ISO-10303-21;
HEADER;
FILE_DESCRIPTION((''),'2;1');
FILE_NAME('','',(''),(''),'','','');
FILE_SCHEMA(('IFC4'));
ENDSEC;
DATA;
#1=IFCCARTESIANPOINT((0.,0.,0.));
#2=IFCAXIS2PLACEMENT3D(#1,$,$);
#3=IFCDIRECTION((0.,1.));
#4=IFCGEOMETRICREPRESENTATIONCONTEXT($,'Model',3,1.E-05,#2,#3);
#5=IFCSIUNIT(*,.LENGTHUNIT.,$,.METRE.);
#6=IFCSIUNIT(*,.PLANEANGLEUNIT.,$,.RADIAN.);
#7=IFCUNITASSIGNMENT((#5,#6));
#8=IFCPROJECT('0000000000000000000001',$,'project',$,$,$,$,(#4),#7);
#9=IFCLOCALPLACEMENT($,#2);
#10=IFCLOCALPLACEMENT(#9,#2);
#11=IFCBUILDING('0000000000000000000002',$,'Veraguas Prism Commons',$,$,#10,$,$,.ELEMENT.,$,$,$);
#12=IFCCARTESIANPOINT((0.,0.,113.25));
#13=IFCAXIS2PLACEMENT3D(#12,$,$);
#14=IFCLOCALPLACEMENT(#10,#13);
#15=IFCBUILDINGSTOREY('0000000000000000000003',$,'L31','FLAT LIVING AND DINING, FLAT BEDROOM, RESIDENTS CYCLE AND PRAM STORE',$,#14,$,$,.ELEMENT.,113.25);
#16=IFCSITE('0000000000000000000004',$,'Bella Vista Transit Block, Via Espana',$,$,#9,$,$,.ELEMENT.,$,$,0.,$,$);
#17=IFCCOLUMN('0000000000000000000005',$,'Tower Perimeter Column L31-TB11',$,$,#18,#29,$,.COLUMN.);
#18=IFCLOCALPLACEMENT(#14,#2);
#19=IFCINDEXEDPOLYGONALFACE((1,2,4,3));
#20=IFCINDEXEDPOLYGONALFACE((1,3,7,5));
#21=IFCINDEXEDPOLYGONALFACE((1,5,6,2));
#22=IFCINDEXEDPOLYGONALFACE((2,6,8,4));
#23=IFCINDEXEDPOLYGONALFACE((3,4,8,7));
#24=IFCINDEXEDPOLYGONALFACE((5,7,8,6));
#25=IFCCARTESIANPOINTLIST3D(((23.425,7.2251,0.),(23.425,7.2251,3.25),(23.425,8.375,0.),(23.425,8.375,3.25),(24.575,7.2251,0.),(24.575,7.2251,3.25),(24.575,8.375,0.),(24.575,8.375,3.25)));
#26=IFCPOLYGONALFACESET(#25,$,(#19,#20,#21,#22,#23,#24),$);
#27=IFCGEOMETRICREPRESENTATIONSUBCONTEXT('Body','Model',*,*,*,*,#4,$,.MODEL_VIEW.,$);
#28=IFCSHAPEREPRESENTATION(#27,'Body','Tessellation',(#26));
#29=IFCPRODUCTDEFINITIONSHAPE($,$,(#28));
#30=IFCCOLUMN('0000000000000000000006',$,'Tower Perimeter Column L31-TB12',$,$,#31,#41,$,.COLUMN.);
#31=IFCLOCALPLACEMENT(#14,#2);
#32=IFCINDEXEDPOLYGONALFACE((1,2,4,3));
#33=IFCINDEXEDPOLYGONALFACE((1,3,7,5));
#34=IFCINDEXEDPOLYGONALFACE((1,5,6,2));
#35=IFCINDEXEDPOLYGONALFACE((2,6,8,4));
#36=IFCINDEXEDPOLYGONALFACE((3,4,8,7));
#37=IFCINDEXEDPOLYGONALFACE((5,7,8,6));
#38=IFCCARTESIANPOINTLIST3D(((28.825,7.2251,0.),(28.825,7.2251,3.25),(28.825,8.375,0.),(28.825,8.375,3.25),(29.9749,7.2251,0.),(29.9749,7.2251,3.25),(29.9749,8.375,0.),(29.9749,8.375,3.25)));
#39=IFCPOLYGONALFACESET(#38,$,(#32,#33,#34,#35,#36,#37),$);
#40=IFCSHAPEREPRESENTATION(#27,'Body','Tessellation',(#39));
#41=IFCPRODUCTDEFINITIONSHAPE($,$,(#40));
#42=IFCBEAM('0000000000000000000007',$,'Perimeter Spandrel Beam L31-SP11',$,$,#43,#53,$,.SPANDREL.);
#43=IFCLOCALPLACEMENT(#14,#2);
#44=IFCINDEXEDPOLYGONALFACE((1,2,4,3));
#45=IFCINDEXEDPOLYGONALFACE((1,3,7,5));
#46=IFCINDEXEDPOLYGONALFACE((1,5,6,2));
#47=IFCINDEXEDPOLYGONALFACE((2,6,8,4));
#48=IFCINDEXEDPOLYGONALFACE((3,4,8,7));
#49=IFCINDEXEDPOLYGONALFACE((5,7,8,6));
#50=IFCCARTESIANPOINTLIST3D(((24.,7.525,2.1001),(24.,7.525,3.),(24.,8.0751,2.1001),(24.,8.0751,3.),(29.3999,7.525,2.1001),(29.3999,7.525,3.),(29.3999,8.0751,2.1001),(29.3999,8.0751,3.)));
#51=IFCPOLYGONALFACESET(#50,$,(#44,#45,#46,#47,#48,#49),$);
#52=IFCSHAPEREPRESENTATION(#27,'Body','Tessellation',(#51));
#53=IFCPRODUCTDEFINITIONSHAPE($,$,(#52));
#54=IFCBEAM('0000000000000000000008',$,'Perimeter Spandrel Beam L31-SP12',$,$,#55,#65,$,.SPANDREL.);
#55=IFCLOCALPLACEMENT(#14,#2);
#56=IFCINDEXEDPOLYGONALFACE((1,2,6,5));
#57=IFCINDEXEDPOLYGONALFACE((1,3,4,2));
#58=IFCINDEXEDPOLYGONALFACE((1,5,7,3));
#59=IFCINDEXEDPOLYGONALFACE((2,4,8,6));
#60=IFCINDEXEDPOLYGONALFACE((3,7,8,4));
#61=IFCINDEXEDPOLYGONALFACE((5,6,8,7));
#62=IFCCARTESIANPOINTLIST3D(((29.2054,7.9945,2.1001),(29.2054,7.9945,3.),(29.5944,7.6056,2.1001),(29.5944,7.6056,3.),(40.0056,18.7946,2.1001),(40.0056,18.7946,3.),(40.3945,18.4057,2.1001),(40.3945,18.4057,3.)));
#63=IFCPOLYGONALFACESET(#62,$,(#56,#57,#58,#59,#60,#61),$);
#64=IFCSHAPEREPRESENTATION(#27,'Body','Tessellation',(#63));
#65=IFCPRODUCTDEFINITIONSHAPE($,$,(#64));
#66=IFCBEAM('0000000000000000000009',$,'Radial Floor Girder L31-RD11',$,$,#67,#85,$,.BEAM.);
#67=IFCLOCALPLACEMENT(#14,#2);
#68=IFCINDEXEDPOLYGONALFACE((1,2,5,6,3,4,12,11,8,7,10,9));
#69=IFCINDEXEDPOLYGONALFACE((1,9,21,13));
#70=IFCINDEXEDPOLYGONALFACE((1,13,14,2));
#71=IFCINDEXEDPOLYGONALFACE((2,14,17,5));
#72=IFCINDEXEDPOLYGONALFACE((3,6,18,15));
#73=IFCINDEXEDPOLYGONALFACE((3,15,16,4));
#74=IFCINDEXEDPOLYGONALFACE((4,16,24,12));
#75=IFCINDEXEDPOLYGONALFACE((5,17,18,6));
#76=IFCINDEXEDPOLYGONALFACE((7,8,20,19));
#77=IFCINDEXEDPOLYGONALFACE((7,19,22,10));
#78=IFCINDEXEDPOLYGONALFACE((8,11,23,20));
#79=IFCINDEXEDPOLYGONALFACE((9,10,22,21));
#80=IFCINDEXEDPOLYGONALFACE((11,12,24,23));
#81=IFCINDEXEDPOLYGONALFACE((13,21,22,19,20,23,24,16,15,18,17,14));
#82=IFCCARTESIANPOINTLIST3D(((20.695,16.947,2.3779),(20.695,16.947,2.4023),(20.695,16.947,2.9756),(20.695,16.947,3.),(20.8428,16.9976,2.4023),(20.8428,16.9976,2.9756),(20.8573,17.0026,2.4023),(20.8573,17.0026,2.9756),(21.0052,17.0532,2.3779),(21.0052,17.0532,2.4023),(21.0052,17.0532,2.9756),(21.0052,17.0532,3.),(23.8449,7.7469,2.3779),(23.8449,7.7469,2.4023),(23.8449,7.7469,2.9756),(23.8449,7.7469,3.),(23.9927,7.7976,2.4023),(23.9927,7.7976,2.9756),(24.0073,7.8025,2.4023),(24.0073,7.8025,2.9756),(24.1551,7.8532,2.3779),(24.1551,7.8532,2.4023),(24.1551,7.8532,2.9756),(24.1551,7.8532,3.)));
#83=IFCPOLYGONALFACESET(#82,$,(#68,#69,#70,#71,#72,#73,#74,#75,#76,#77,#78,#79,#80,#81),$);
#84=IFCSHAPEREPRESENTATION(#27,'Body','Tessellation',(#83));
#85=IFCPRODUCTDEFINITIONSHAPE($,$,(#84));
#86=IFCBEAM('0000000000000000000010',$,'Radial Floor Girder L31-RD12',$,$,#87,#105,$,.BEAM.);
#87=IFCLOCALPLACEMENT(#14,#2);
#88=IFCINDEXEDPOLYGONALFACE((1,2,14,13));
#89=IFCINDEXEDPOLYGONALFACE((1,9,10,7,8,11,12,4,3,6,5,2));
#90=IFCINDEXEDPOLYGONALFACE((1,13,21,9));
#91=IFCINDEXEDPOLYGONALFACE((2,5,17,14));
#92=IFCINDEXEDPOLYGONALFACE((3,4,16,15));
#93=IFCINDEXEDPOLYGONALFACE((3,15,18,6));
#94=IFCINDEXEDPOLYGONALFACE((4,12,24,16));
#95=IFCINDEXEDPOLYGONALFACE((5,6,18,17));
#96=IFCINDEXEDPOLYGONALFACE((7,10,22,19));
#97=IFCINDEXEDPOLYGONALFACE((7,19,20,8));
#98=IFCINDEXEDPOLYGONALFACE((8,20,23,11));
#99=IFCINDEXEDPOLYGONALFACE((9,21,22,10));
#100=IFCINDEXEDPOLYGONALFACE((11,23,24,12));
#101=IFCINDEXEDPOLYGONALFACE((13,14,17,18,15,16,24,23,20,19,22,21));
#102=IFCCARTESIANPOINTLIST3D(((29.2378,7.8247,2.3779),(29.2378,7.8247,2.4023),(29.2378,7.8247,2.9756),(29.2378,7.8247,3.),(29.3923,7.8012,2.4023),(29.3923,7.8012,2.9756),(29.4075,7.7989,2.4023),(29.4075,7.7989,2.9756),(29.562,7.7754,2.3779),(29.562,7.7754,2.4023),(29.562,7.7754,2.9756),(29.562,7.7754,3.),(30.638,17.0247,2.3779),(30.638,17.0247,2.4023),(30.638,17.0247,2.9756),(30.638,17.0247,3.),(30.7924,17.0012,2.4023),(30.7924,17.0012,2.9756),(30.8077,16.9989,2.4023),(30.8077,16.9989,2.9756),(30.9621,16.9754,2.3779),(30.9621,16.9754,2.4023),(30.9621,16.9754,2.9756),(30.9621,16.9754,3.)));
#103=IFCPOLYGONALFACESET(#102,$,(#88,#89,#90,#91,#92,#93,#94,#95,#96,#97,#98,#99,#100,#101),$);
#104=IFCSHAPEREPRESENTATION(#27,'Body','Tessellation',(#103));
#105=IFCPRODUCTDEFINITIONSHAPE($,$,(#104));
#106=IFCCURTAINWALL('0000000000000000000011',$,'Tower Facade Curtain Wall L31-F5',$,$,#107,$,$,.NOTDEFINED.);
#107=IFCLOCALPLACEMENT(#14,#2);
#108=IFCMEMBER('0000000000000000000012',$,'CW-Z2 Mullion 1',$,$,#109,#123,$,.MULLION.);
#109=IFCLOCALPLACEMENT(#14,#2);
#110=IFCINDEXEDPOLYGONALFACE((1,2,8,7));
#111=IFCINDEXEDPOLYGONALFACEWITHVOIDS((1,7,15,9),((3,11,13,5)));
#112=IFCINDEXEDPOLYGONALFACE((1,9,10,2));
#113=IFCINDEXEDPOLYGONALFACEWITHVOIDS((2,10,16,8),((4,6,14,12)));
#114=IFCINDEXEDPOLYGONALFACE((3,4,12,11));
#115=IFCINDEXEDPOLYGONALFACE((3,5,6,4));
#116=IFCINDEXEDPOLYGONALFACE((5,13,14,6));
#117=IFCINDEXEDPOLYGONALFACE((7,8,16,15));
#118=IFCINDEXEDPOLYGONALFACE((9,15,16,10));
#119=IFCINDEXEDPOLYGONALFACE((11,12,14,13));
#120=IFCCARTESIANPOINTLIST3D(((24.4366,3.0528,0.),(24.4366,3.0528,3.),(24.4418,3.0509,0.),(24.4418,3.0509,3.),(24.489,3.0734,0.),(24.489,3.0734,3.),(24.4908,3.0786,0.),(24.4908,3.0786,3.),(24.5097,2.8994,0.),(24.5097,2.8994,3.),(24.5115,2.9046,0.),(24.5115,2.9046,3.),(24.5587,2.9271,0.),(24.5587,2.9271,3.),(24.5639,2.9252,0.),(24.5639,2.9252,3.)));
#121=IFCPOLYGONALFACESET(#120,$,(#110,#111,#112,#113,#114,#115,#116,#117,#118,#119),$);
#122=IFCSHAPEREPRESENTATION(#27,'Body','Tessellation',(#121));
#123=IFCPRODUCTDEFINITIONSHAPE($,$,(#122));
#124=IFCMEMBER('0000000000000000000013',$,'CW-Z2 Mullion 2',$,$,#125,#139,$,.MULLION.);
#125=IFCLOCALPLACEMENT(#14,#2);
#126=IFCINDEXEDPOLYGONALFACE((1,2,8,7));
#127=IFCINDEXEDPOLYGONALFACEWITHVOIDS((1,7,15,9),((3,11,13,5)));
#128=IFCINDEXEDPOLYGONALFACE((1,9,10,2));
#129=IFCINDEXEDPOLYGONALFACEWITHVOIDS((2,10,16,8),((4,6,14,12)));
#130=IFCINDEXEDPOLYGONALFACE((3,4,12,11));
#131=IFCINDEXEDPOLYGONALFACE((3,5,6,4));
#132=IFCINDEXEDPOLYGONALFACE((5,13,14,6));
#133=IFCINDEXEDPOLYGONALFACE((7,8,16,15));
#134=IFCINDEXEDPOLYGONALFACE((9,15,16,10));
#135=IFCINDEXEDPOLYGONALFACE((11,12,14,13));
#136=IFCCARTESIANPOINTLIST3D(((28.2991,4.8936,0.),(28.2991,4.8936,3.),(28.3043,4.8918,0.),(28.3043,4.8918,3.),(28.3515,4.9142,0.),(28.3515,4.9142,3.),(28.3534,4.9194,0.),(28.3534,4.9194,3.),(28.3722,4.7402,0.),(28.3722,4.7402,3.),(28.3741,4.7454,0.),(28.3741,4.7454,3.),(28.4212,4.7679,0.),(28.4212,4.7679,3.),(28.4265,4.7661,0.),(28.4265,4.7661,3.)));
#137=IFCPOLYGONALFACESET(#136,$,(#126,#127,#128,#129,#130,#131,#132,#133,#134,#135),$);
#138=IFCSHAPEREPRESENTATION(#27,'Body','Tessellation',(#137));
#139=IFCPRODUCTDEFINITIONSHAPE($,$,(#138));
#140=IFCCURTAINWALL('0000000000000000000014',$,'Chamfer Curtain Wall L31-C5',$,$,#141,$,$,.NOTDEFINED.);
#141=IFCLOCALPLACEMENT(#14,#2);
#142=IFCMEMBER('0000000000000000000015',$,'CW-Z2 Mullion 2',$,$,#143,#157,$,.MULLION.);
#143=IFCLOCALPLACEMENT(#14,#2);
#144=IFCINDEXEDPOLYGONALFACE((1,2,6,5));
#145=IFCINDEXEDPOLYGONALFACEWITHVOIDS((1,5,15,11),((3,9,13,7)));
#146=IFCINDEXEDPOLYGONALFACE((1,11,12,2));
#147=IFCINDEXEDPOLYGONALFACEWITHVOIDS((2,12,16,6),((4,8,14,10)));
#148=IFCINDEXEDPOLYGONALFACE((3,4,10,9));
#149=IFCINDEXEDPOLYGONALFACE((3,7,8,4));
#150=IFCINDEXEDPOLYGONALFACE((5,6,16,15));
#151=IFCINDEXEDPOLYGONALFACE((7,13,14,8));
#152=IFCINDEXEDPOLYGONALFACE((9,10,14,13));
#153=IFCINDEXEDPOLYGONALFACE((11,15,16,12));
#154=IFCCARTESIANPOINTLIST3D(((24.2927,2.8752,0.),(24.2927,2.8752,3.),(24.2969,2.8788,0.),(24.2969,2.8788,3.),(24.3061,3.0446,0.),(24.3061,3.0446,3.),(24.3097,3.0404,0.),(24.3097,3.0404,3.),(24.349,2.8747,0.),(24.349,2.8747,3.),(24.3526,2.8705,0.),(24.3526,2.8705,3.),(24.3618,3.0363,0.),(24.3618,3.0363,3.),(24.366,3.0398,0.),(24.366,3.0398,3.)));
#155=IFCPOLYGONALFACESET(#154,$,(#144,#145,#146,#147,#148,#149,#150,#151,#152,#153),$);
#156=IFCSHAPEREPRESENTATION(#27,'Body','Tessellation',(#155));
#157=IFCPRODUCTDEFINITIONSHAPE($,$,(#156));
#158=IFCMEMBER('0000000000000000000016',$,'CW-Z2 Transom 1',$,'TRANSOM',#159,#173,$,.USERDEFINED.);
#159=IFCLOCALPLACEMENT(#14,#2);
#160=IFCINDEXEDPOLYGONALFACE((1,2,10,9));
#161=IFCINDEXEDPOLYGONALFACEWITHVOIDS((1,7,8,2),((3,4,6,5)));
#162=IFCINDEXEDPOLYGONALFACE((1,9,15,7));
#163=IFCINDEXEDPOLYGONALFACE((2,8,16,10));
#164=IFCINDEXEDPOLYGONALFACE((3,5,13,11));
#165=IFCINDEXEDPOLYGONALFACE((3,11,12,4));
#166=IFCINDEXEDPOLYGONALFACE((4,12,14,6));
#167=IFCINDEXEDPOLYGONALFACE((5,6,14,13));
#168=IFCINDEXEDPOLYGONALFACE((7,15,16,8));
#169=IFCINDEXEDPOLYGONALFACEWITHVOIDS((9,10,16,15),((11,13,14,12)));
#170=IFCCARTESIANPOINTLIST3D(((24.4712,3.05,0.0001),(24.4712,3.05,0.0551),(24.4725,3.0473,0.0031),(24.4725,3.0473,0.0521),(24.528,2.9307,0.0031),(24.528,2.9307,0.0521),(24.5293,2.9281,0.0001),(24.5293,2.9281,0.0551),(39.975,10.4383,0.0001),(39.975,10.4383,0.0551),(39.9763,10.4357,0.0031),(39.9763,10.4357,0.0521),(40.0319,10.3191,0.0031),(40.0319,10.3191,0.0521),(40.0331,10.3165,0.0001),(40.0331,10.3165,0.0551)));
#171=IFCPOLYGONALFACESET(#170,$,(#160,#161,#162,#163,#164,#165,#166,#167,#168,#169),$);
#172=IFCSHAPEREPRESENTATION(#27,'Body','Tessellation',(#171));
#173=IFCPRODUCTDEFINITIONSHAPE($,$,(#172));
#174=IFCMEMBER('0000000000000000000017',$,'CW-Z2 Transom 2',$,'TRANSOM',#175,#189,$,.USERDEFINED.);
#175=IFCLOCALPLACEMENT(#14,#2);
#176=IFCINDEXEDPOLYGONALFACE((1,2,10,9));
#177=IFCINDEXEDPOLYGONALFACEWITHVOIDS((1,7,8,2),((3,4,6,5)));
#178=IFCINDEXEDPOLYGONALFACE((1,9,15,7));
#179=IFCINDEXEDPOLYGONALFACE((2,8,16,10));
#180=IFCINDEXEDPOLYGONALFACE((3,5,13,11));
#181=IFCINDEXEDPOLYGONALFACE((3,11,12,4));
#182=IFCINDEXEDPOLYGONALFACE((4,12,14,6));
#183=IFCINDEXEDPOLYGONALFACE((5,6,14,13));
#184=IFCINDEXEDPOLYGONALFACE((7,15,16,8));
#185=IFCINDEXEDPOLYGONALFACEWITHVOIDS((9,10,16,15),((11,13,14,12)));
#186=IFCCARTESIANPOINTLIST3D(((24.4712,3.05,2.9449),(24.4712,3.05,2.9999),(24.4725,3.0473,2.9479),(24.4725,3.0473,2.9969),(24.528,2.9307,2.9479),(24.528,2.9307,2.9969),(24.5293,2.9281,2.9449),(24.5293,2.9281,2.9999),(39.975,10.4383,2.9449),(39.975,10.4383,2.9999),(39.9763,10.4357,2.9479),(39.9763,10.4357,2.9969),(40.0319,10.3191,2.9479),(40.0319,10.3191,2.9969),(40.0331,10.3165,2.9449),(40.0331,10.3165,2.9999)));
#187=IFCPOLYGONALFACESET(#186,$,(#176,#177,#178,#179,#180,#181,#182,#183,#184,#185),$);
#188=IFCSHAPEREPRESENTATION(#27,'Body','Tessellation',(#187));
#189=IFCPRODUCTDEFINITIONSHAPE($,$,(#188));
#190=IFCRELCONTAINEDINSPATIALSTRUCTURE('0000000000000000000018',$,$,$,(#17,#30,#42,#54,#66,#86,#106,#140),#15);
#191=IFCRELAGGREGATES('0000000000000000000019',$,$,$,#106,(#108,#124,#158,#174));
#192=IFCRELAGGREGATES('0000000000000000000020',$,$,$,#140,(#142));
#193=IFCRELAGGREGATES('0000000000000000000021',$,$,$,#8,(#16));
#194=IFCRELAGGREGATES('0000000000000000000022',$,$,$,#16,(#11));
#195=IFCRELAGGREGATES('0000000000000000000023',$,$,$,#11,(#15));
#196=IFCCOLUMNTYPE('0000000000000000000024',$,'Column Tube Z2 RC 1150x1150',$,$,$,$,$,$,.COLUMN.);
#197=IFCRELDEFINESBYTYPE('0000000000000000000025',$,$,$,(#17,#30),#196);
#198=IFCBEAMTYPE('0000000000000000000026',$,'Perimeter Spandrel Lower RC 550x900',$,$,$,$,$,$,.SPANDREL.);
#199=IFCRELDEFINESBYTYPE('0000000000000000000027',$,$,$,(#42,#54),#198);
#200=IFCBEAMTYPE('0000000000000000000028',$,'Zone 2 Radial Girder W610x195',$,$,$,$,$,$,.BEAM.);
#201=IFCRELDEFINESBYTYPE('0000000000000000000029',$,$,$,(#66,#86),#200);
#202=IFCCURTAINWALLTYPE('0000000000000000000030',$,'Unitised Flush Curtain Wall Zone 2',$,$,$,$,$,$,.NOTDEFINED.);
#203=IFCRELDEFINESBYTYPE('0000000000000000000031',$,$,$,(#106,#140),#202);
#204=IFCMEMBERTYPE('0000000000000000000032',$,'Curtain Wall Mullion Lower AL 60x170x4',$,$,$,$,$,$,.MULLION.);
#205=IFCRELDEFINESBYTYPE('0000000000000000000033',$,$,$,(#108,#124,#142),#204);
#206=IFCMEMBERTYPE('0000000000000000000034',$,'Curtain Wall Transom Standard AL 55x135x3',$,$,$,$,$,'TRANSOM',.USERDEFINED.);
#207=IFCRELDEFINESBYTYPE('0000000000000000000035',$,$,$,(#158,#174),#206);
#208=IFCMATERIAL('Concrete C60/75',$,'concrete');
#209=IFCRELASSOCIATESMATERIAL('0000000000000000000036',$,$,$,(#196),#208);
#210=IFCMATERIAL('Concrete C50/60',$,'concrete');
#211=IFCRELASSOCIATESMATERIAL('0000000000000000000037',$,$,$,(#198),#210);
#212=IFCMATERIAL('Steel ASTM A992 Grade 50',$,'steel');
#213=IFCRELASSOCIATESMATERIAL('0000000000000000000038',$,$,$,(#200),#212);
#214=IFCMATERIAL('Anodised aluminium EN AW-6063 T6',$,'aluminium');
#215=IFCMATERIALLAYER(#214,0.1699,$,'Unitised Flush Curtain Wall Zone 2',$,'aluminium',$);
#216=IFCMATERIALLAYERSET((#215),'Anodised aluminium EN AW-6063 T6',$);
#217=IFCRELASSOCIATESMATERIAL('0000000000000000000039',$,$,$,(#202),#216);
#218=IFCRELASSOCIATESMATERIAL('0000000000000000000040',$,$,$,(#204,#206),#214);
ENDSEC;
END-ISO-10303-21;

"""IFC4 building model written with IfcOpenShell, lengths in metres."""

from ifc_helpers import new_model, si_unit, direction, frame, origin, origin_2d, place, context, subcontext, project, spatial, rectangle, hollow_rectangle, i_section, extrude, source, transform, mapped, material, layer, layer_set, material_profile, profile_set, type_object, element, aggregate, save


model = new_model("IFC4")

# Units and contexts
model_context = context("Model", 3, precision=1e-05, world=origin(), true_north=direction((0.0, 1.0)))
body_context = subcontext(model_context, "Body", "Model", "MODEL_VIEW")
ifc_project = project(units=[si_unit("LENGTHUNIT", "METRE"), si_unit("PLANEANGLEUNIT", "RADIAN")], contexts=[model_context])

# Site, building, storey
site_placement = place(None, origin())
site = spatial("IfcSite", under=ifc_project, at=site_placement, Name="Bella Vista Transit Block, Via Espana", CompositionType="ELEMENT", RefElevation=0.0)
building_placement = place(site_placement, origin())
building = spatial("IfcBuilding", under=site, at=building_placement, Name="Veraguas Prism Commons", CompositionType="ELEMENT")
storey_placement = place(building_placement, frame((0.0, 0.0, 113.25)))
storey = spatial("IfcBuildingStorey", under=building, at=storey_placement, Name="L31", Description="FLAT LIVING AND DINING, FLAT BEDROOM, RESIDENTS CYCLE AND PRAM STORE", CompositionType="ELEMENT", Elevation=113.25)

# Columns
ifc_material_1 = material(Name="Concrete C60/75", Category="concrete")
ifc_material_profile_1 = material_profile(ifc_material_1, rectangle(XDim=1.1499, YDim=1.1499, at=origin_2d()), Name="RC1150X1150")
ifc_profile_set_1 = profile_set([ifc_material_profile_1], Name="Concrete C60/75")
column_type = type_object("IfcColumnType", Name="Column Tube Z2 RC 1150x1150", PredefinedType="COLUMN", material=ifc_profile_set_1)
for number, where, z_axis, x_axis, name in (
    (1, (24.0, 7.8, 0.0), (0.0, 0.0, 1.0), (1.0, 0.0, 0.0), "Tower Perimeter Column L31-TB11"),
    (2, (29.3999, 7.8, 0.0), (0.0, 0.0, 1.0), (1.0, 0.0, 0.0), "Tower Perimeter Column L31-TB12"),
):
    element("IfcColumn", number, at=place(storey_placement, frame(where, z_axis=z_axis, x_axis=x_axis)), inside=storey, type_object=column_type, Name=name, PredefinedType="COLUMN", context=body_context, shape_type="SweptSolid", body=[
        extrude(rectangle(XDim=1.1499, YDim=1.1499, at=origin_2d()), origin(), (0.0, 0.0, 1.0), 3.25),
    ])

# Beams
ifc_material_2 = material(Name="Concrete C50/60", Category="concrete")
ifc_material_profile_2 = material_profile(ifc_material_2, rectangle(XDim=0.55, YDim=0.8999, at=origin_2d()), Name="RC550X900")
ifc_profile_set_2 = profile_set([ifc_material_profile_2], Name="Concrete C50/60")
beam_type_1 = type_object("IfcBeamType", Name="Perimeter Spandrel Lower RC 550x900", PredefinedType="SPANDREL", material=ifc_profile_set_2)
beam_1_placement = place(storey_placement, frame((24.0, 7.8, 2.55), z_axis=(1.0, 0.0, 0.0), x_axis=(0.0, 1.0, 0.0)))
element("IfcBeam", 3, at=beam_1_placement, inside=storey, type_object=beam_type_1, Name="Perimeter Spandrel Beam L31-SP11", PredefinedType="SPANDREL", context=body_context, shape_type="SweptSolid", body=[
    extrude(rectangle(XDim=0.55, YDim=0.8999, at=origin_2d()), origin(), (0.0, 0.0, 1.0), 5.3999),
])
beam_2_placement = place(storey_placement, frame((29.3999, 7.8, 2.55), z_axis=(0.707107, 0.707107, 0.0), x_axis=(-0.707107, 0.707107, 0.0)))
element("IfcBeam", 4, at=beam_2_placement, inside=storey, type_object=beam_type_1, Name="Perimeter Spandrel Beam L31-SP12", PredefinedType="SPANDREL", context=body_context, shape_type="SweptSolid", body=[
    extrude(rectangle(XDim=0.55, YDim=0.8999, at=origin_2d()), origin(), (0.0, 0.0, 1.0), 15.2737),
])
ifc_material_3 = material(Name="Steel ASTM A992 Grade 50", Category="steel")
ifc_material_profile_3 = material_profile(ifc_material_3, i_section(OverallWidth=0.3279, OverallDepth=0.6221, WebThickness=0.0154, FlangeThickness=0.0244, at=origin_2d()), Name="W610X195")
ifc_profile_set_3 = profile_set([ifc_material_profile_3], Name="Steel ASTM A992 Grade 50")
beam_type_2 = type_object("IfcBeamType", Name="Zone 2 Radial Girder W610x195", PredefinedType="BEAM", material=ifc_profile_set_3)
beam_3_placement = place(storey_placement, frame((24.0, 7.8, 2.689), z_axis=(-0.323922, 0.946084, 0.0), x_axis=(-0.946084, -0.323922, 0.0)))
element("IfcBeam", 5, at=beam_3_placement, inside=storey, type_object=beam_type_2, Name="Radial Floor Girder L31-RD11", PredefinedType="BEAM", context=body_context, shape_type="SweptSolid", body=[
    extrude(i_section(OverallWidth=0.3279, OverallDepth=0.6221, WebThickness=0.0154, FlangeThickness=0.0244, at=origin_2d()), origin(), (0.0, 0.0, 1.0), 9.7244),
])
beam_4_placement = place(storey_placement, frame((29.3999, 7.8, 2.689), z_axis=(0.150458, 0.988616, 0.0), x_axis=(-0.988616, 0.150458, 0.0)))
element("IfcBeam", 6, at=beam_4_placement, inside=storey, type_object=beam_type_2, Name="Radial Floor Girder L31-RD12", PredefinedType="BEAM", context=body_context, shape_type="SweptSolid", body=[
    extrude(i_section(OverallWidth=0.3279, OverallDepth=0.6221, WebThickness=0.0154, FlangeThickness=0.0244, at=origin_2d()), origin(), (0.0, 0.0, 1.0), 9.3059),
])

# Curtain wall, members
ifc_material_4 = material(Name="Anodised aluminium EN AW-6063 T6", Category="aluminium")
ifc_layer_1 = layer(ifc_material_4, 0.1699, Name="Unitised Flush Curtain Wall Zone 2", Category="aluminium")
ifc_layer_set_1 = layer_set([ifc_layer_1], Name="Anodised aluminium EN AW-6063 T6")
curtain_wall_type = type_object("IfcCurtainWallType", Name="Unitised Flush Curtain Wall Zone 2", PredefinedType="NOTDEFINED", material=ifc_layer_set_1)
curtain_wall_1_placement = place(storey_placement, origin())
curtain_wall_1 = element("IfcCurtainWall", 7, at=curtain_wall_1_placement, inside=storey, type_object=curtain_wall_type, Name="Tower Facade Curtain Wall L31-F5", PredefinedType="NOTDEFINED")
ifc_material_profile_4 = material_profile(ifc_material_4, hollow_rectangle(XDim=0.0601, YDim=0.1699, WallThickness=0.0039, at=origin_2d()), Name="AL60X170X4")
ifc_profile_set_4 = profile_set([ifc_material_profile_4], Name="Anodised aluminium EN AW-6063 T6")
member_type_1 = type_object("IfcMemberType", Name="Curtain Wall Mullion Lower AL 60x170x4", PredefinedType="MULLION", material=ifc_profile_set_4)
shared_shape_1 = source(origin(), body_context, "Body", "SweptSolid", [
    extrude(hollow_rectangle(XDim=0.0601, YDim=0.1699, WallThickness=0.0039, at=origin_2d()), origin(), (0.0, 0.0, 1.0), 3.0),
])
member_1_placement = place(storey_placement, frame((24.5002, 2.989, 0.0), z_axis=(0.0, 0.0, 1.0), x_axis=(0.902734, 0.430199, 0.0)))
member_1 = element("IfcMember", 8, at=member_1_placement, type_object=member_type_1, Name="CW-Z2 Mullion 1", PredefinedType="MULLION", context=body_context, shape_type="MappedRepresentation", body=[
    mapped(shared_shape_1, transform((0.0, 0.0, 0.0), scale=1.0)),
])
member_2_placement = place(storey_placement, frame((28.3628, 4.8298, 0.0), z_axis=(0.0, 0.0, 1.0), x_axis=(0.902734, 0.430199, 0.0)))
member_2 = element("IfcMember", 9, at=member_2_placement, type_object=member_type_1, Name="CW-Z2 Mullion 2", PredefinedType="MULLION", context=body_context, shape_type="MappedRepresentation", body=[
    mapped(shared_shape_1, transform((0.0, 0.0, 0.0), scale=1.0)),
])

# Curtain wall, member
curtain_wall_2_placement = place(storey_placement, origin())
curtain_wall_2 = element("IfcCurtainWall", 10, at=curtain_wall_2_placement, inside=storey, type_object=curtain_wall_type, Name="Chamfer Curtain Wall L31-C5", PredefinedType="NOTDEFINED")
member_3_placement = place(storey_placement, frame((24.3293, 2.9575, 0.0), z_axis=(0.0, 0.0, 1.0), x_axis=(0.996889, -0.078821, 0.0)))
member_3 = element("IfcMember", 11, at=member_3_placement, type_object=member_type_1, Name="CW-Z2 Mullion 2", PredefinedType="MULLION", context=body_context, shape_type="MappedRepresentation", body=[
    mapped(shared_shape_1, transform((0.0, 0.0, 0.0), scale=1.0)),
])

# Members
ifc_material_profile_5 = material_profile(ifc_material_4, hollow_rectangle(XDim=0.0549, YDim=0.135, WallThickness=0.0029, at=origin_2d()), Name="AL55X135X3")
ifc_profile_set_5 = profile_set([ifc_material_profile_5], Name="Anodised aluminium EN AW-6063 T6")
member_type_2 = type_object("IfcMemberType", Name="Curtain Wall Transom Standard AL 55x135x3", ElementType="TRANSOM", PredefinedType="USERDEFINED", material=ifc_profile_set_5)
shared_shape_2 = source(origin(), body_context, "Body", "SweptSolid", [
    extrude(hollow_rectangle(XDim=0.0549, YDim=0.135, WallThickness=0.0029, at=origin_2d()), origin(), (0.0, 0.0, 1.0), 17.1743),
])
member_4_placement = place(storey_placement, frame((24.5002, 2.989, 0.0276), z_axis=(0.902734, 0.4302, 0.0), x_axis=(0.0, 0.0, 1.0)))
member_4 = element("IfcMember", 12, at=member_4_placement, type_object=member_type_2, Name="CW-Z2 Transom 1", ObjectType="TRANSOM", PredefinedType="USERDEFINED", context=body_context, shape_type="MappedRepresentation", body=[
    mapped(shared_shape_2, transform((0.0, 0.0, 0.0), scale=1.0)),
])
member_5_placement = place(storey_placement, frame((24.5002, 2.989, 2.9724), z_axis=(0.902734, 0.4302, 0.0), x_axis=(0.0, 0.0, 1.0)))
member_5 = element("IfcMember", 13, at=member_5_placement, type_object=member_type_2, Name="CW-Z2 Transom 2", ObjectType="TRANSOM", PredefinedType="USERDEFINED", context=body_context, shape_type="MappedRepresentation", body=[
    mapped(shared_shape_2, transform((0.0, 0.0, 0.0), scale=1.0)),
])

aggregate(curtain_wall_1, [member_1, member_2, member_4, member_5])
aggregate(curtain_wall_2, [member_3])

save(model, "model.ifc")
